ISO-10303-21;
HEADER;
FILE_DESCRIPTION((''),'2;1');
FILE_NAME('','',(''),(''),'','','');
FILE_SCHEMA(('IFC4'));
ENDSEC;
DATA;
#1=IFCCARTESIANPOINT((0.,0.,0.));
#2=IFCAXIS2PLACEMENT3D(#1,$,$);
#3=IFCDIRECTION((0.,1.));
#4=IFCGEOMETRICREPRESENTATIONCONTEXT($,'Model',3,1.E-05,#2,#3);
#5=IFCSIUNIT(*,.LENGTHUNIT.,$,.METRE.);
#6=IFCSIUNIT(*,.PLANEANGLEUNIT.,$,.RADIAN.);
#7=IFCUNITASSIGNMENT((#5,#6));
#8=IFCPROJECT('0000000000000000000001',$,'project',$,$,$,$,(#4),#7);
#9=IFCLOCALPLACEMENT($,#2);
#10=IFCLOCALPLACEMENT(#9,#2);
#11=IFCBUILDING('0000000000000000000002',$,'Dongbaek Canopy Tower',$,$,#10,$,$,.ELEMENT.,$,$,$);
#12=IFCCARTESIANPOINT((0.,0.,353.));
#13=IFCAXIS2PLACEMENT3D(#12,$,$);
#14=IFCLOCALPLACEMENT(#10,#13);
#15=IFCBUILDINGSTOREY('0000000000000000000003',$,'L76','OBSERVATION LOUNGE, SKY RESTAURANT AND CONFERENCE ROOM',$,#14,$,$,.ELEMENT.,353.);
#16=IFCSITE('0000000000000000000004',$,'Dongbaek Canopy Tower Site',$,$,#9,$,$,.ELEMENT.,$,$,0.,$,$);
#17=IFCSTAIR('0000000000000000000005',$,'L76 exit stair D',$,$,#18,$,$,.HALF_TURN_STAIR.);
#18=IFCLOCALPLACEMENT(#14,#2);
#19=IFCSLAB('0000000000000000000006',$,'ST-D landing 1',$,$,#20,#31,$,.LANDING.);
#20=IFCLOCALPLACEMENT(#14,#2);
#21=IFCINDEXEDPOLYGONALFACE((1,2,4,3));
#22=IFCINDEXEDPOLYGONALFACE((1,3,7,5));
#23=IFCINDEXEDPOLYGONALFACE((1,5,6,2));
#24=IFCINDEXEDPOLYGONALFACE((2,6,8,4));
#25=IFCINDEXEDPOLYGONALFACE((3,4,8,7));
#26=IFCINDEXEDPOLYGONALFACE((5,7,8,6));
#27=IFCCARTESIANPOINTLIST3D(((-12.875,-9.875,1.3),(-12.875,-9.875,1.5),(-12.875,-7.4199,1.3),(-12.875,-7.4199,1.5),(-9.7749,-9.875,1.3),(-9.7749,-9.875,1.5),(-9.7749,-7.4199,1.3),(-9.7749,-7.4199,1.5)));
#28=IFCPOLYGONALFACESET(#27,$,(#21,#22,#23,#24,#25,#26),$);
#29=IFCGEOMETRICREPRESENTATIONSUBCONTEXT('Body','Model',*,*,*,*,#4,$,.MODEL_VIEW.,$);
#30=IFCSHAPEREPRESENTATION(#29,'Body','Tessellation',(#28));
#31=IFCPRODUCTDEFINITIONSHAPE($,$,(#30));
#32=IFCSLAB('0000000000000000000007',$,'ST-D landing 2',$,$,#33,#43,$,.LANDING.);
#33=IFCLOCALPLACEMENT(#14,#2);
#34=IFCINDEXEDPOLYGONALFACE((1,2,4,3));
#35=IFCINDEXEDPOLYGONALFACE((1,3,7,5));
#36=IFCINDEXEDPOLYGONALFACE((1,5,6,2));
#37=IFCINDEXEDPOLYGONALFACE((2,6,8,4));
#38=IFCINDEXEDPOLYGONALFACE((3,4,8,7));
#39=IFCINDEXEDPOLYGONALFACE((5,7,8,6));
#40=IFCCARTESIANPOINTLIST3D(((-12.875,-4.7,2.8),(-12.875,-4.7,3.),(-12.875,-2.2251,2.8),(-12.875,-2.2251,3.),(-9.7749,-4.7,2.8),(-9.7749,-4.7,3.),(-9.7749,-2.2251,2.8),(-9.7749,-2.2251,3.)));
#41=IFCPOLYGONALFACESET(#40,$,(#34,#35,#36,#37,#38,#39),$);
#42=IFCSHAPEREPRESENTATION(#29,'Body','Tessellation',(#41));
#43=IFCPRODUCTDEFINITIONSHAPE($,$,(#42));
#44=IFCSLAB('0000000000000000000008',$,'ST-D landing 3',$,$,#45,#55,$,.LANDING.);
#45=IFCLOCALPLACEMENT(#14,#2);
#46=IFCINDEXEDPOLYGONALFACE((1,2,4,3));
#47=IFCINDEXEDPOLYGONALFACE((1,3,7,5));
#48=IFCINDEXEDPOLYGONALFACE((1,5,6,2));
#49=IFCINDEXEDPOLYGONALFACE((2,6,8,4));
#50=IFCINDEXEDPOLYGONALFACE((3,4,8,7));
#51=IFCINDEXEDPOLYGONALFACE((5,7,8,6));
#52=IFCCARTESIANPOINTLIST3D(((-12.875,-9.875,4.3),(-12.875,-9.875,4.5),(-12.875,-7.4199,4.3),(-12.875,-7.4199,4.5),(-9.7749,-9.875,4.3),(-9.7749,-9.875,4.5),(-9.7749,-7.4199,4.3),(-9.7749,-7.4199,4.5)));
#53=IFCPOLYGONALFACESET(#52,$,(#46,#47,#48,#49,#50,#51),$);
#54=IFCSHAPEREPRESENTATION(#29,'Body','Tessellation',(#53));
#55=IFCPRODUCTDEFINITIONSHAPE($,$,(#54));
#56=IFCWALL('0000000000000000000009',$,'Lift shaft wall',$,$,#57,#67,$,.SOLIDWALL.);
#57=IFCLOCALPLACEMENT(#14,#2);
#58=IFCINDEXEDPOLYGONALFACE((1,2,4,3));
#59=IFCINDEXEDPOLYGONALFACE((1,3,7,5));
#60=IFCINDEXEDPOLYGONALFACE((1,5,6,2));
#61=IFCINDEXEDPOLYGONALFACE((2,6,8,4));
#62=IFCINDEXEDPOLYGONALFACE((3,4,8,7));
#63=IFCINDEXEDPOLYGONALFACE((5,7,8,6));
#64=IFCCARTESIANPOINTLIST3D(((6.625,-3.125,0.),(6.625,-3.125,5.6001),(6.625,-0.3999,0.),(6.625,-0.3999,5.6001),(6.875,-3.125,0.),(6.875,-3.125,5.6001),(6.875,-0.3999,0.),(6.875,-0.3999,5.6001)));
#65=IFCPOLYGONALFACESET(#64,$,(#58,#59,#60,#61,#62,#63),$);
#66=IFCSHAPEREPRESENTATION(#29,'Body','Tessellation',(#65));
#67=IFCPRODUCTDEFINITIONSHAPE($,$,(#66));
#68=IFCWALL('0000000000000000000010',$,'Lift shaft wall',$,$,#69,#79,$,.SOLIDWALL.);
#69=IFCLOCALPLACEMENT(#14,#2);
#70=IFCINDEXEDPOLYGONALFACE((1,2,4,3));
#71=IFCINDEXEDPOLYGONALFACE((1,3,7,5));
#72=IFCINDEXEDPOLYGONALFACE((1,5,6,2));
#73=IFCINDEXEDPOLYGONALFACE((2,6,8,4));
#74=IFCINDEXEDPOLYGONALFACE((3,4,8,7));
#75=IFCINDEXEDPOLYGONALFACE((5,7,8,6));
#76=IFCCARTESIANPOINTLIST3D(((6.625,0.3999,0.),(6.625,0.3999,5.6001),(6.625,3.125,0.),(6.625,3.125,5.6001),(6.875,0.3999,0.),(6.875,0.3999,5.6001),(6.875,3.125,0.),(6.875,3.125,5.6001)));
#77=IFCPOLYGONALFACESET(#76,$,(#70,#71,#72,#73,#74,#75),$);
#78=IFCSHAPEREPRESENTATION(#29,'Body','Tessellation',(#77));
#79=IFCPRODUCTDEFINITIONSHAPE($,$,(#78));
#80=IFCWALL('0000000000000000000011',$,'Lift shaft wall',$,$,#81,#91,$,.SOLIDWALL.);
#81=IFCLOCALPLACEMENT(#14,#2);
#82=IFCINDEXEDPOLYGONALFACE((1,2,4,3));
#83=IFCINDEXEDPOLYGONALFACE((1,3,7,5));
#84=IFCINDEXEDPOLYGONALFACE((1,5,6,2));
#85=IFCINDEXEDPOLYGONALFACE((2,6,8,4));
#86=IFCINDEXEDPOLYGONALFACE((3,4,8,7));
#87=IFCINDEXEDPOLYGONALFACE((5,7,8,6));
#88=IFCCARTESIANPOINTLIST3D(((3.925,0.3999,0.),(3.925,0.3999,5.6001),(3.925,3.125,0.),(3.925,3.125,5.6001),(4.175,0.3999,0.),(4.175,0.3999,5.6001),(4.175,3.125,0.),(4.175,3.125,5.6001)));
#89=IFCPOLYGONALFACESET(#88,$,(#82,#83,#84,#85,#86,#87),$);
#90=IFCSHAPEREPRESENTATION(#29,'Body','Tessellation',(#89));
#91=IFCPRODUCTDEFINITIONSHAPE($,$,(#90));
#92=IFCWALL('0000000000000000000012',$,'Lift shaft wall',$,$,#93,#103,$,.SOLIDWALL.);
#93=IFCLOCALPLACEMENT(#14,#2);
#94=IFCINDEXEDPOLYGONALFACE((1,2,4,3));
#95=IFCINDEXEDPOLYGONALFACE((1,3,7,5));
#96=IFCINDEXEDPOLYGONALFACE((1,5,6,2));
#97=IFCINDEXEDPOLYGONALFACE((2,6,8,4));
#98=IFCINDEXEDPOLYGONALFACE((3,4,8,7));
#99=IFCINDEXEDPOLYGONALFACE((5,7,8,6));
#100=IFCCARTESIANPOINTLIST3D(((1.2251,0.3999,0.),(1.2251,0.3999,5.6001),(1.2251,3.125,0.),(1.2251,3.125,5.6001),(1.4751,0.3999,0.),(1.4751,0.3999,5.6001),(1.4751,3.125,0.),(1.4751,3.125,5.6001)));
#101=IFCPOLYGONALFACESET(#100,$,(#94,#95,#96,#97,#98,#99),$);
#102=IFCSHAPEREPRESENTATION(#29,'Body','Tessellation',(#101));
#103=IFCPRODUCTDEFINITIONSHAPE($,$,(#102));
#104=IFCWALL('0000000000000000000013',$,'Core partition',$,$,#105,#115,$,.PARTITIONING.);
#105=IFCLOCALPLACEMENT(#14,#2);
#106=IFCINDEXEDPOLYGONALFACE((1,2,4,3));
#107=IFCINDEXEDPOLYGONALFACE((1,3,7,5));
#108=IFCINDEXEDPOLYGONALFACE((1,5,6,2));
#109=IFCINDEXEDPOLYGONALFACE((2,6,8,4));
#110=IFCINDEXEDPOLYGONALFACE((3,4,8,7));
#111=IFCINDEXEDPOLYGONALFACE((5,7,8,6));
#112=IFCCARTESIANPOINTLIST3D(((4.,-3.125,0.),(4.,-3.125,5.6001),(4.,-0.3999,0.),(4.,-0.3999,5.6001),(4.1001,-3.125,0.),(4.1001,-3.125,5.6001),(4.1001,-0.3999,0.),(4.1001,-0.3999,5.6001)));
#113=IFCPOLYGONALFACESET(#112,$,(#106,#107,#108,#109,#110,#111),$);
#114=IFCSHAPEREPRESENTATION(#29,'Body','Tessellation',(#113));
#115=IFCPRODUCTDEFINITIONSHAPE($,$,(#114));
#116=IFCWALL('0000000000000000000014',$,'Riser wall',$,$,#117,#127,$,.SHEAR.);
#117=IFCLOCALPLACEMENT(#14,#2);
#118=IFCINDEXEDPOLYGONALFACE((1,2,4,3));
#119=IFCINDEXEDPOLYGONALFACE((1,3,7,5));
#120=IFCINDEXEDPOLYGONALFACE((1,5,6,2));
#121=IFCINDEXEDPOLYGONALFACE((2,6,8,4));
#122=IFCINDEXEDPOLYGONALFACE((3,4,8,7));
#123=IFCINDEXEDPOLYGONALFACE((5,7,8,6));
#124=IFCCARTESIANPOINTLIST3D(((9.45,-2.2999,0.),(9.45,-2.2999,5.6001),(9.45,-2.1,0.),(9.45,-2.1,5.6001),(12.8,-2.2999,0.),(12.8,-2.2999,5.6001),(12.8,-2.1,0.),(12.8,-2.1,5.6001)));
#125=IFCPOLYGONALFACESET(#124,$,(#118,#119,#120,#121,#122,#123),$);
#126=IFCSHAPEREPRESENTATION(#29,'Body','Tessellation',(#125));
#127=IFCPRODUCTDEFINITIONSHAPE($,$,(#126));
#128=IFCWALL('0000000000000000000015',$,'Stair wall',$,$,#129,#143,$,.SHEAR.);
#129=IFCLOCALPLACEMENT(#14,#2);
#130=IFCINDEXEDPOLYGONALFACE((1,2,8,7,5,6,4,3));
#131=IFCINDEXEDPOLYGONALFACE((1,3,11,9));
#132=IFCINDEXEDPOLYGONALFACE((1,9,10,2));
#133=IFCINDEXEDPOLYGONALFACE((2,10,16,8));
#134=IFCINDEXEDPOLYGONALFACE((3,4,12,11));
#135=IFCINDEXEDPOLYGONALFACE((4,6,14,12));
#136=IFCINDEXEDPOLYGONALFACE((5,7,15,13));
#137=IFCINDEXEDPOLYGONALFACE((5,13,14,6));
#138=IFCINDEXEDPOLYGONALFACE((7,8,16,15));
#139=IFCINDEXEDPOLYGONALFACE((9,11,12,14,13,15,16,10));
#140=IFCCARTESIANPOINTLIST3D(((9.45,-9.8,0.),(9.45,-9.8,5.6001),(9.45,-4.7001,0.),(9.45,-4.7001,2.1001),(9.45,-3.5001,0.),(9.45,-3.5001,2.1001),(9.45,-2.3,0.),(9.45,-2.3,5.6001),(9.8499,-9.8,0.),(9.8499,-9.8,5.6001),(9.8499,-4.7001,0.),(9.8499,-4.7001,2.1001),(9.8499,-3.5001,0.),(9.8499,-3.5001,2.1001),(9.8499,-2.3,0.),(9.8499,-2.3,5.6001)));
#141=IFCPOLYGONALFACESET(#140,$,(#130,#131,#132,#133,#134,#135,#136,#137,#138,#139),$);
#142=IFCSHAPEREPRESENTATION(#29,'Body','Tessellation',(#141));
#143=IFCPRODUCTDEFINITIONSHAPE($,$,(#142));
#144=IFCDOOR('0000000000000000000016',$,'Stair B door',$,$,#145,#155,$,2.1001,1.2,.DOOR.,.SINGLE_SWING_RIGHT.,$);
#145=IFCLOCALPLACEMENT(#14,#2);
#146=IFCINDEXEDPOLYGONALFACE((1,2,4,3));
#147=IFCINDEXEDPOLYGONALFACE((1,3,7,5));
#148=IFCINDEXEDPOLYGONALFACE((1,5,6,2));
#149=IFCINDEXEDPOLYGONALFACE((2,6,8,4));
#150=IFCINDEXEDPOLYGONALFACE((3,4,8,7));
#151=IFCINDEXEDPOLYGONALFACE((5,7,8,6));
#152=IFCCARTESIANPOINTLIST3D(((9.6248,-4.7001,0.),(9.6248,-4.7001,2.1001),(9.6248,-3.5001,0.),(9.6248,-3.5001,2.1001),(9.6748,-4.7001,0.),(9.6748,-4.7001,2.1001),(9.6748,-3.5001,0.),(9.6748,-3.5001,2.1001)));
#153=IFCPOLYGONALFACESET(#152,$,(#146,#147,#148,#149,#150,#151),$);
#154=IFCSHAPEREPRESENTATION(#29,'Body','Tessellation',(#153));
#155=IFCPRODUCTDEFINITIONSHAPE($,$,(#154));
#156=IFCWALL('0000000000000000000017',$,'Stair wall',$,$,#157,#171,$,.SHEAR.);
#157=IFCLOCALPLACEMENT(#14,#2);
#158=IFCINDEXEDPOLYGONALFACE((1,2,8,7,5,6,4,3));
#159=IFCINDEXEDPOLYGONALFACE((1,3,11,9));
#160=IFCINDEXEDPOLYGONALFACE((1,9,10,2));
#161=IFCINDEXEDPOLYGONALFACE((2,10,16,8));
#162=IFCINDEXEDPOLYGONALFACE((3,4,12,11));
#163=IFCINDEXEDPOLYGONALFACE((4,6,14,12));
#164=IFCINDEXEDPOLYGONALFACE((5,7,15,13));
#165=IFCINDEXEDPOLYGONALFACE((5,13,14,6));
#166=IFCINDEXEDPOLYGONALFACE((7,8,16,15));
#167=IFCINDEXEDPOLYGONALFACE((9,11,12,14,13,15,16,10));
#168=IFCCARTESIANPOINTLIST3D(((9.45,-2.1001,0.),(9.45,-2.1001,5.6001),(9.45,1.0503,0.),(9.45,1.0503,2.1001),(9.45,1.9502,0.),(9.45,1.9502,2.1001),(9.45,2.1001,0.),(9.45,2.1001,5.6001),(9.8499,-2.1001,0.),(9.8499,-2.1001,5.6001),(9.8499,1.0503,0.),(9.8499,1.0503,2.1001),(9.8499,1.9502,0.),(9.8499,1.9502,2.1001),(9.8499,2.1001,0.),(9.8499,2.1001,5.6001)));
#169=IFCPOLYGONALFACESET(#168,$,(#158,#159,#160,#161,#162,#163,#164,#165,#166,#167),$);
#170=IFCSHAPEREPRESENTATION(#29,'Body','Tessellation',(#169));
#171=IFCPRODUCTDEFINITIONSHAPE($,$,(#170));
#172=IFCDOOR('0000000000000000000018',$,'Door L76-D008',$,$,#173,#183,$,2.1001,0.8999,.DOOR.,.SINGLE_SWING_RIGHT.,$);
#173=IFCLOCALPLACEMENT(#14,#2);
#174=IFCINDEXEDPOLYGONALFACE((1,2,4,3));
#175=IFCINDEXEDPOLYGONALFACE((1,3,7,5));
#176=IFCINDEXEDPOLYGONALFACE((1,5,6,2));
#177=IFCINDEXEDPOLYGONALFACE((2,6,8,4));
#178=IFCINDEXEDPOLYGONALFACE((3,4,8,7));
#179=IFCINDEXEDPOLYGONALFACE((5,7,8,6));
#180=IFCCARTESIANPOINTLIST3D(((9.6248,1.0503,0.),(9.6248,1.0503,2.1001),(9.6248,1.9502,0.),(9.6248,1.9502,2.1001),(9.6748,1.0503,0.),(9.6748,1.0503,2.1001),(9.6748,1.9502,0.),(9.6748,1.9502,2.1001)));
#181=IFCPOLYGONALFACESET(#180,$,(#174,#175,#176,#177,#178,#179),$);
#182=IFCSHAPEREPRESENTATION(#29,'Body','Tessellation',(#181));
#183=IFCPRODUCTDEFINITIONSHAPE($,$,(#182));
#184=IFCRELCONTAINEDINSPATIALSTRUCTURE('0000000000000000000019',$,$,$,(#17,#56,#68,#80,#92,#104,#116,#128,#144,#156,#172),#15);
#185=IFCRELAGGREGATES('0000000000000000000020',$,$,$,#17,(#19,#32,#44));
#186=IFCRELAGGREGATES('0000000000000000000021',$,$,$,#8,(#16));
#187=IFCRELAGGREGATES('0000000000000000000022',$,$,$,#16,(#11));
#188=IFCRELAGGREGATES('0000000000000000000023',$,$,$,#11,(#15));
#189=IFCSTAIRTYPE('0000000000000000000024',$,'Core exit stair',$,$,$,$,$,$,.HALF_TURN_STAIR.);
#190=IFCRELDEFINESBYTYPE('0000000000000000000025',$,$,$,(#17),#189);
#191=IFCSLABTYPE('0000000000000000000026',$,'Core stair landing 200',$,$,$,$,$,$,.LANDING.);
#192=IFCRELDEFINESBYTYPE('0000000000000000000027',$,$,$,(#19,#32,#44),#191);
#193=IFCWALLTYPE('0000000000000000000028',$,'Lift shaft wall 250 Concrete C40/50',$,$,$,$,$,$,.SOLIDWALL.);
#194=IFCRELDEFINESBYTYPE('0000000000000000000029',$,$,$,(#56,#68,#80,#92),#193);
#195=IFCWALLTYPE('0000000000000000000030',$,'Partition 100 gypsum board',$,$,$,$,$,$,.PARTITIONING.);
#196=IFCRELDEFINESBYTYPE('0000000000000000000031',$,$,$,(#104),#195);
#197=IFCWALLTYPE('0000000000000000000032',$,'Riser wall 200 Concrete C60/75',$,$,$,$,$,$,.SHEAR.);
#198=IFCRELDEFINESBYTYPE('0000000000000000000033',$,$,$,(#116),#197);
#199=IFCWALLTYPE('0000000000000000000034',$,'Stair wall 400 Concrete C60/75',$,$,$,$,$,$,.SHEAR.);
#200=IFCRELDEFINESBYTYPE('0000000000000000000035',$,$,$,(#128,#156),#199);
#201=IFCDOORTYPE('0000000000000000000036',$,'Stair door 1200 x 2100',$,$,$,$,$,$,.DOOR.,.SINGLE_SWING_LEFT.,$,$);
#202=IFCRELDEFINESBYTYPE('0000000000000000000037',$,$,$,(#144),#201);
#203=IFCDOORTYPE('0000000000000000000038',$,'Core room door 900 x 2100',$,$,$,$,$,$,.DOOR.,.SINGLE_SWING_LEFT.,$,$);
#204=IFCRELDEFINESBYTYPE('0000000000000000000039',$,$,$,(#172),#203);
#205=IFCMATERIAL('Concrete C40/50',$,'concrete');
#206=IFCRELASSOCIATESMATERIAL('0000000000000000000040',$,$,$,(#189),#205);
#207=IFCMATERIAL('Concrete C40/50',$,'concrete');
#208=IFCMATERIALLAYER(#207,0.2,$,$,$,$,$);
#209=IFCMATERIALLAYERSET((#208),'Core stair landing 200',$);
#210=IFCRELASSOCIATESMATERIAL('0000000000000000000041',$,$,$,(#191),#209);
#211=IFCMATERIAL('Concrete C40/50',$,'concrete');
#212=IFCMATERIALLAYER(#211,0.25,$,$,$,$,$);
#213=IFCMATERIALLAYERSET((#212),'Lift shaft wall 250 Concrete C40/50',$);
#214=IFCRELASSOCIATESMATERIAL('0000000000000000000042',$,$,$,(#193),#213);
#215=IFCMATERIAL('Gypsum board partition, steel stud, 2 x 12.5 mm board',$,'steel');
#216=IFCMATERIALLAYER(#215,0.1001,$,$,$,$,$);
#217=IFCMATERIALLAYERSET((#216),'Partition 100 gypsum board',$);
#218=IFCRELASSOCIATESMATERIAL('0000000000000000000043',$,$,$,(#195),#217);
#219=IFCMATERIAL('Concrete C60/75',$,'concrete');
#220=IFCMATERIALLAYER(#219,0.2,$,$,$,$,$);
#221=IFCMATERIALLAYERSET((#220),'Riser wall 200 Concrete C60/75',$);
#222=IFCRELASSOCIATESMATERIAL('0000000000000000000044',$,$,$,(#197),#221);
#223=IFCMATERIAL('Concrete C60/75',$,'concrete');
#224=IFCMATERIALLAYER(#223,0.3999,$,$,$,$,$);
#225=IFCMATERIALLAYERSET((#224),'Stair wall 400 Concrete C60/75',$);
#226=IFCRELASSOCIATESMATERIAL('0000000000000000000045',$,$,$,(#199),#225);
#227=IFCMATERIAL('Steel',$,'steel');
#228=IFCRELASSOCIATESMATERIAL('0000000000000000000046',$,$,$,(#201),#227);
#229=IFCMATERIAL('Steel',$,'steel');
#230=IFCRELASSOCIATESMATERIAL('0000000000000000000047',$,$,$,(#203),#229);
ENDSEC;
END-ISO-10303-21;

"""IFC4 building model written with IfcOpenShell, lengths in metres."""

from ifc_helpers import new_model, si_unit, direction, frame, frame_2d, origin, place, context, subcontext, project, spatial, polyline, rectangle, outline, extrude, material, layer, layer_set, type_object, element, fill, aggregate, save


model = new_model("IFC4")

# Units and contexts
model_context = context("Model", 3, precision=1e-05, world=origin(), true_north=direction((0.0, 1.0)))
body_context = subcontext(model_context, "Body", "Model", "MODEL_VIEW")
ifc_project = project(units=[si_unit("LENGTHUNIT", "METRE"), si_unit("PLANEANGLEUNIT", "RADIAN")], contexts=[model_context])

# Site, building, storey
site_placement = place(None, origin())
site = spatial("IfcSite", under=ifc_project, at=site_placement, Name="Dongbaek Canopy Tower Site", CompositionType="ELEMENT", RefElevation=0.0)
building_placement = place(site_placement, origin())
building = spatial("IfcBuilding", under=site, at=building_placement, Name="Dongbaek Canopy Tower", CompositionType="ELEMENT")
storey_placement = place(building_placement, frame((0.0, 0.0, 353.0)))
storey = spatial("IfcBuildingStorey", under=building, at=storey_placement, Name="L76", Description="OBSERVATION LOUNGE, SKY RESTAURANT AND CONFERENCE ROOM", CompositionType="ELEMENT", Elevation=353.0)

# Stair, slabs
ifc_material_1 = material(Name="Concrete C40/50", Category="concrete")
stair_type = type_object("IfcStairType", Name="Core exit stair", PredefinedType="HALF_TURN_STAIR", material=ifc_material_1)
stair_placement = place(storey_placement, origin())
stair = element("IfcStair", 1, at=stair_placement, inside=storey, type_object=stair_type, Name="L76 exit stair D", PredefinedType="HALF_TURN_STAIR")
ifc_material_2 = material(Name="Concrete C40/50", Category="concrete")
ifc_layer_1 = layer(ifc_material_2, 0.2)
ifc_layer_set_1 = layer_set([ifc_layer_1], Name="Core stair landing 200")
slab_type = type_object("IfcSlabType", Name="Core stair landing 200", PredefinedType="LANDING", material=ifc_layer_set_1)
slab_1_placement = place(storey_placement, frame((0.0, 0.0, 1.3)))
slab_1 = element("IfcSlab", 2, at=slab_1_placement, type_object=slab_type, Name="ST-D landing 1", PredefinedType="LANDING", context=body_context, shape_type="SweptSolid", body=[
    extrude(outline(polyline([(-12.875, -7.4199), (-12.875, -9.875), (-9.7749, -9.875), (-9.7749, -7.4199), (-12.875, -7.4199)])), origin(), (0.0, 0.0, 1.0), 0.2),
])
slab_2_placement = place(storey_placement, frame((0.0, 0.0, 2.8)))
slab_2 = element("IfcSlab", 3, at=slab_2_placement, type_object=slab_type, Name="ST-D landing 2", PredefinedType="LANDING", context=body_context, shape_type="SweptSolid", body=[
    extrude(outline(polyline([(-12.875, -2.2251), (-12.875, -4.7), (-9.7749, -4.7), (-9.7749, -2.2251), (-12.875, -2.2251)])), origin(), (0.0, 0.0, 1.0), 0.2),
])
slab_3_placement = place(storey_placement, frame((0.0, 0.0, 4.3)))
slab_3 = element("IfcSlab", 4, at=slab_3_placement, type_object=slab_type, Name="ST-D landing 3", PredefinedType="LANDING", context=body_context, shape_type="SweptSolid", body=[
    extrude(outline(polyline([(-12.875, -7.4199), (-12.875, -9.875), (-9.7749, -9.875), (-9.7749, -7.4199), (-12.875, -7.4199)])), origin(), (0.0, 0.0, 1.0), 0.2),
])
aggregate(stair, [slab_1, slab_2, slab_3])

# Walls
ifc_material_3 = material(Name="Concrete C40/50", Category="concrete")
ifc_layer_2 = layer(ifc_material_3, 0.25)
ifc_layer_set_2 = layer_set([ifc_layer_2], Name="Lift shaft wall 250 Concrete C40/50")
wall_type_1 = type_object("IfcWallType", Name="Lift shaft wall 250 Concrete C40/50", PredefinedType="SOLIDWALL", material=ifc_layer_set_2)
for number, where, z_axis, x_axis, name in (
    (5, (6.75, -3.125, 0.0), (0.0, 0.0, 1.0), (0.0, 1.0, 0.0), "Lift shaft wall"),
    (6, (6.75, 0.3999, 0.0), (0.0, 0.0, 1.0), (0.0, 1.0, 0.0), "Lift shaft wall"),
    (7, (4.05, 0.3999, 0.0), (0.0, 0.0, 1.0), (0.0, 1.0, 0.0), "Lift shaft wall"),
    (8, (1.3501, 0.3999, 0.0), (0.0, 0.0, 1.0), (0.0, 1.0, 0.0), "Lift shaft wall"),
):
    element("IfcWall", number, at=place(storey_placement, frame(where, z_axis=z_axis, x_axis=x_axis)), inside=storey, type_object=wall_type_1, Name=name, PredefinedType="SOLIDWALL", context=body_context, shape_type="SweptSolid", body=[
        extrude(rectangle(XDim=2.7251, YDim=0.25, at=frame_2d((1.3625, 0.0))), origin(), (0.0, 0.0, 1.0), 5.6001),
    ])
ifc_material_4 = material(Name="Gypsum board partition, steel stud, 2 x 12.5 mm board", Category="steel")
ifc_layer_3 = layer(ifc_material_4, 0.1001)
ifc_layer_set_3 = layer_set([ifc_layer_3], Name="Partition 100 gypsum board")
wall_type_2 = type_object("IfcWallType", Name="Partition 100 gypsum board", PredefinedType="PARTITIONING", material=ifc_layer_set_3)
wall_1_placement = place(storey_placement, frame((4.05, -3.125, 0.0), z_axis=(0.0, 0.0, 1.0), x_axis=(0.0, 1.0, 0.0)))
element("IfcWall", 9, at=wall_1_placement, inside=storey, type_object=wall_type_2, Name="Core partition", PredefinedType="PARTITIONING", context=body_context, shape_type="SweptSolid", body=[
    extrude(rectangle(XDim=2.7251, YDim=0.1001, at=frame_2d((1.3625, 0.0))), origin(), (0.0, 0.0, 1.0), 5.6001),
])
ifc_material_5 = material(Name="Concrete C60/75", Category="concrete")
ifc_layer_4 = layer(ifc_material_5, 0.2)
ifc_layer_set_4 = layer_set([ifc_layer_4], Name="Riser wall 200 Concrete C60/75")
wall_type_3 = type_object("IfcWallType", Name="Riser wall 200 Concrete C60/75", PredefinedType="SHEAR", material=ifc_layer_set_4)
wall_2_placement = place(storey_placement, frame((9.45, -2.2, 0.0), z_axis=(0.0, 0.0, 1.0), x_axis=(1.0, 0.0, 0.0)))
element("IfcWall", 10, at=wall_2_placement, inside=storey, type_object=wall_type_3, Name="Riser wall", PredefinedType="SHEAR", context=body_context, shape_type="SweptSolid", body=[
    extrude(rectangle(XDim=3.3501, YDim=0.2, at=frame_2d((1.675, 0.0))), origin(), (0.0, 0.0, 1.0), 5.6001),
])

# Walls, openings, doors
ifc_material_6 = material(Name="Concrete C60/75", Category="concrete")
ifc_layer_5 = layer(ifc_material_6, 0.3999)
ifc_layer_set_5 = layer_set([ifc_layer_5], Name="Stair wall 400 Concrete C60/75")
wall_type_4 = type_object("IfcWallType", Name="Stair wall 400 Concrete C60/75", PredefinedType="SHEAR", material=ifc_layer_set_5)
wall_3_placement = place(storey_placement, frame((9.6499, -2.3, 0.0), z_axis=(0.0, 0.0, 1.0), x_axis=(0.0, -1.0, 0.0)))
wall_3 = element("IfcWall", 11, at=wall_3_placement, inside=storey, type_object=wall_type_4, Name="Stair wall", PredefinedType="SHEAR", context=body_context, shape_type="SweptSolid", body=[
    extrude(rectangle(XDim=7.5, YDim=0.3999, at=frame_2d((3.75, 0.0))), origin(), (0.0, 0.0, 1.0), 5.6001),
])
opening_1_placement = place(wall_3_placement, frame((1.2, 0.0, 0.0)))
opening_1 = element("IfcOpeningElement", 12, at=opening_1_placement, cuts=wall_3, PredefinedType="OPENING", context=body_context, shape_type="SweptSolid", body=[
    extrude(rectangle(XDim=1.2, YDim=2.1001, at=frame_2d((0.6001, 1.05))), frame((0.0, 0.21, 0.0), z_axis=(0.0, -1.0, 0.0), x_axis=(1.0, 0.0, 0.0)), (0.0, 0.0, 1.0), 0.4199),
])
ifc_material_7 = material(Name="Steel", Category="steel")
door_type_1 = type_object("IfcDoorType", Name="Stair door 1200 x 2100", OperationType="SINGLE_SWING_LEFT", PredefinedType="DOOR", material=ifc_material_7)
door_1_placement = place(opening_1_placement, origin())
door_1 = element("IfcDoor", 13, at=door_1_placement, inside=storey, type_object=door_type_1, Name="Stair B door", OperationType="SINGLE_SWING_RIGHT", OverallHeight=2.1001, OverallWidth=1.2, PredefinedType="DOOR", context=body_context, shape_type="SweptSolid", body=[
    extrude(rectangle(XDim=1.2, YDim=2.1001, at=frame_2d((0.6001, 1.05))), frame((0.0, 0.0249, 0.0), z_axis=(0.0, -1.0, 0.0), x_axis=(1.0, 0.0, 0.0)), (0.0, 0.0, 1.0), 0.05),
])
fill(opening_1, door_1)
wall_4_placement = place(storey_placement, frame((9.6499, 2.1001, 0.0), z_axis=(0.0, 0.0, 1.0), x_axis=(0.0, -1.0, 0.0)))
wall_4 = element("IfcWall", 14, at=wall_4_placement, inside=storey, type_object=wall_type_4, Name="Stair wall", PredefinedType="SHEAR", context=body_context, shape_type="SweptSolid", body=[
    extrude(rectangle(XDim=4.2002, YDim=0.3999, at=frame_2d((2.1001, 0.0))), origin(), (0.0, 0.0, 1.0), 5.6001),
])
opening_2_placement = place(wall_4_placement, frame((0.1499, 0.0, 0.0)))
opening_2 = element("IfcOpeningElement", 15, at=opening_2_placement, cuts=wall_4, PredefinedType="OPENING", context=body_context, shape_type="SweptSolid", body=[
    extrude(rectangle(XDim=0.8999, YDim=2.1001, at=frame_2d((0.45, 1.05))), frame((0.0, 0.21, 0.0), z_axis=(0.0, -1.0, 0.0), x_axis=(1.0, 0.0, 0.0)), (0.0, 0.0, 1.0), 0.4199),
])
ifc_material_8 = material(Name="Steel", Category="steel")
door_type_2 = type_object("IfcDoorType", Name="Core room door 900 x 2100", OperationType="SINGLE_SWING_LEFT", PredefinedType="DOOR", material=ifc_material_8)
door_2_placement = place(opening_2_placement, origin())
door_2 = element("IfcDoor", 16, at=door_2_placement, inside=storey, type_object=door_type_2, Name="Door L76-D008", OperationType="SINGLE_SWING_RIGHT", OverallHeight=2.1001, OverallWidth=0.8999, PredefinedType="DOOR", context=body_context, shape_type="SweptSolid", body=[
    extrude(rectangle(XDim=0.8999, YDim=2.1001, at=frame_2d((0.45, 1.05))), frame((0.0, 0.0249, 0.0), z_axis=(0.0, -1.0, 0.0), x_axis=(1.0, 0.0, 0.0)), (0.0, 0.0, 1.0), 0.05),
])
fill(opening_2, door_2)

save(model, "model.ifc")
